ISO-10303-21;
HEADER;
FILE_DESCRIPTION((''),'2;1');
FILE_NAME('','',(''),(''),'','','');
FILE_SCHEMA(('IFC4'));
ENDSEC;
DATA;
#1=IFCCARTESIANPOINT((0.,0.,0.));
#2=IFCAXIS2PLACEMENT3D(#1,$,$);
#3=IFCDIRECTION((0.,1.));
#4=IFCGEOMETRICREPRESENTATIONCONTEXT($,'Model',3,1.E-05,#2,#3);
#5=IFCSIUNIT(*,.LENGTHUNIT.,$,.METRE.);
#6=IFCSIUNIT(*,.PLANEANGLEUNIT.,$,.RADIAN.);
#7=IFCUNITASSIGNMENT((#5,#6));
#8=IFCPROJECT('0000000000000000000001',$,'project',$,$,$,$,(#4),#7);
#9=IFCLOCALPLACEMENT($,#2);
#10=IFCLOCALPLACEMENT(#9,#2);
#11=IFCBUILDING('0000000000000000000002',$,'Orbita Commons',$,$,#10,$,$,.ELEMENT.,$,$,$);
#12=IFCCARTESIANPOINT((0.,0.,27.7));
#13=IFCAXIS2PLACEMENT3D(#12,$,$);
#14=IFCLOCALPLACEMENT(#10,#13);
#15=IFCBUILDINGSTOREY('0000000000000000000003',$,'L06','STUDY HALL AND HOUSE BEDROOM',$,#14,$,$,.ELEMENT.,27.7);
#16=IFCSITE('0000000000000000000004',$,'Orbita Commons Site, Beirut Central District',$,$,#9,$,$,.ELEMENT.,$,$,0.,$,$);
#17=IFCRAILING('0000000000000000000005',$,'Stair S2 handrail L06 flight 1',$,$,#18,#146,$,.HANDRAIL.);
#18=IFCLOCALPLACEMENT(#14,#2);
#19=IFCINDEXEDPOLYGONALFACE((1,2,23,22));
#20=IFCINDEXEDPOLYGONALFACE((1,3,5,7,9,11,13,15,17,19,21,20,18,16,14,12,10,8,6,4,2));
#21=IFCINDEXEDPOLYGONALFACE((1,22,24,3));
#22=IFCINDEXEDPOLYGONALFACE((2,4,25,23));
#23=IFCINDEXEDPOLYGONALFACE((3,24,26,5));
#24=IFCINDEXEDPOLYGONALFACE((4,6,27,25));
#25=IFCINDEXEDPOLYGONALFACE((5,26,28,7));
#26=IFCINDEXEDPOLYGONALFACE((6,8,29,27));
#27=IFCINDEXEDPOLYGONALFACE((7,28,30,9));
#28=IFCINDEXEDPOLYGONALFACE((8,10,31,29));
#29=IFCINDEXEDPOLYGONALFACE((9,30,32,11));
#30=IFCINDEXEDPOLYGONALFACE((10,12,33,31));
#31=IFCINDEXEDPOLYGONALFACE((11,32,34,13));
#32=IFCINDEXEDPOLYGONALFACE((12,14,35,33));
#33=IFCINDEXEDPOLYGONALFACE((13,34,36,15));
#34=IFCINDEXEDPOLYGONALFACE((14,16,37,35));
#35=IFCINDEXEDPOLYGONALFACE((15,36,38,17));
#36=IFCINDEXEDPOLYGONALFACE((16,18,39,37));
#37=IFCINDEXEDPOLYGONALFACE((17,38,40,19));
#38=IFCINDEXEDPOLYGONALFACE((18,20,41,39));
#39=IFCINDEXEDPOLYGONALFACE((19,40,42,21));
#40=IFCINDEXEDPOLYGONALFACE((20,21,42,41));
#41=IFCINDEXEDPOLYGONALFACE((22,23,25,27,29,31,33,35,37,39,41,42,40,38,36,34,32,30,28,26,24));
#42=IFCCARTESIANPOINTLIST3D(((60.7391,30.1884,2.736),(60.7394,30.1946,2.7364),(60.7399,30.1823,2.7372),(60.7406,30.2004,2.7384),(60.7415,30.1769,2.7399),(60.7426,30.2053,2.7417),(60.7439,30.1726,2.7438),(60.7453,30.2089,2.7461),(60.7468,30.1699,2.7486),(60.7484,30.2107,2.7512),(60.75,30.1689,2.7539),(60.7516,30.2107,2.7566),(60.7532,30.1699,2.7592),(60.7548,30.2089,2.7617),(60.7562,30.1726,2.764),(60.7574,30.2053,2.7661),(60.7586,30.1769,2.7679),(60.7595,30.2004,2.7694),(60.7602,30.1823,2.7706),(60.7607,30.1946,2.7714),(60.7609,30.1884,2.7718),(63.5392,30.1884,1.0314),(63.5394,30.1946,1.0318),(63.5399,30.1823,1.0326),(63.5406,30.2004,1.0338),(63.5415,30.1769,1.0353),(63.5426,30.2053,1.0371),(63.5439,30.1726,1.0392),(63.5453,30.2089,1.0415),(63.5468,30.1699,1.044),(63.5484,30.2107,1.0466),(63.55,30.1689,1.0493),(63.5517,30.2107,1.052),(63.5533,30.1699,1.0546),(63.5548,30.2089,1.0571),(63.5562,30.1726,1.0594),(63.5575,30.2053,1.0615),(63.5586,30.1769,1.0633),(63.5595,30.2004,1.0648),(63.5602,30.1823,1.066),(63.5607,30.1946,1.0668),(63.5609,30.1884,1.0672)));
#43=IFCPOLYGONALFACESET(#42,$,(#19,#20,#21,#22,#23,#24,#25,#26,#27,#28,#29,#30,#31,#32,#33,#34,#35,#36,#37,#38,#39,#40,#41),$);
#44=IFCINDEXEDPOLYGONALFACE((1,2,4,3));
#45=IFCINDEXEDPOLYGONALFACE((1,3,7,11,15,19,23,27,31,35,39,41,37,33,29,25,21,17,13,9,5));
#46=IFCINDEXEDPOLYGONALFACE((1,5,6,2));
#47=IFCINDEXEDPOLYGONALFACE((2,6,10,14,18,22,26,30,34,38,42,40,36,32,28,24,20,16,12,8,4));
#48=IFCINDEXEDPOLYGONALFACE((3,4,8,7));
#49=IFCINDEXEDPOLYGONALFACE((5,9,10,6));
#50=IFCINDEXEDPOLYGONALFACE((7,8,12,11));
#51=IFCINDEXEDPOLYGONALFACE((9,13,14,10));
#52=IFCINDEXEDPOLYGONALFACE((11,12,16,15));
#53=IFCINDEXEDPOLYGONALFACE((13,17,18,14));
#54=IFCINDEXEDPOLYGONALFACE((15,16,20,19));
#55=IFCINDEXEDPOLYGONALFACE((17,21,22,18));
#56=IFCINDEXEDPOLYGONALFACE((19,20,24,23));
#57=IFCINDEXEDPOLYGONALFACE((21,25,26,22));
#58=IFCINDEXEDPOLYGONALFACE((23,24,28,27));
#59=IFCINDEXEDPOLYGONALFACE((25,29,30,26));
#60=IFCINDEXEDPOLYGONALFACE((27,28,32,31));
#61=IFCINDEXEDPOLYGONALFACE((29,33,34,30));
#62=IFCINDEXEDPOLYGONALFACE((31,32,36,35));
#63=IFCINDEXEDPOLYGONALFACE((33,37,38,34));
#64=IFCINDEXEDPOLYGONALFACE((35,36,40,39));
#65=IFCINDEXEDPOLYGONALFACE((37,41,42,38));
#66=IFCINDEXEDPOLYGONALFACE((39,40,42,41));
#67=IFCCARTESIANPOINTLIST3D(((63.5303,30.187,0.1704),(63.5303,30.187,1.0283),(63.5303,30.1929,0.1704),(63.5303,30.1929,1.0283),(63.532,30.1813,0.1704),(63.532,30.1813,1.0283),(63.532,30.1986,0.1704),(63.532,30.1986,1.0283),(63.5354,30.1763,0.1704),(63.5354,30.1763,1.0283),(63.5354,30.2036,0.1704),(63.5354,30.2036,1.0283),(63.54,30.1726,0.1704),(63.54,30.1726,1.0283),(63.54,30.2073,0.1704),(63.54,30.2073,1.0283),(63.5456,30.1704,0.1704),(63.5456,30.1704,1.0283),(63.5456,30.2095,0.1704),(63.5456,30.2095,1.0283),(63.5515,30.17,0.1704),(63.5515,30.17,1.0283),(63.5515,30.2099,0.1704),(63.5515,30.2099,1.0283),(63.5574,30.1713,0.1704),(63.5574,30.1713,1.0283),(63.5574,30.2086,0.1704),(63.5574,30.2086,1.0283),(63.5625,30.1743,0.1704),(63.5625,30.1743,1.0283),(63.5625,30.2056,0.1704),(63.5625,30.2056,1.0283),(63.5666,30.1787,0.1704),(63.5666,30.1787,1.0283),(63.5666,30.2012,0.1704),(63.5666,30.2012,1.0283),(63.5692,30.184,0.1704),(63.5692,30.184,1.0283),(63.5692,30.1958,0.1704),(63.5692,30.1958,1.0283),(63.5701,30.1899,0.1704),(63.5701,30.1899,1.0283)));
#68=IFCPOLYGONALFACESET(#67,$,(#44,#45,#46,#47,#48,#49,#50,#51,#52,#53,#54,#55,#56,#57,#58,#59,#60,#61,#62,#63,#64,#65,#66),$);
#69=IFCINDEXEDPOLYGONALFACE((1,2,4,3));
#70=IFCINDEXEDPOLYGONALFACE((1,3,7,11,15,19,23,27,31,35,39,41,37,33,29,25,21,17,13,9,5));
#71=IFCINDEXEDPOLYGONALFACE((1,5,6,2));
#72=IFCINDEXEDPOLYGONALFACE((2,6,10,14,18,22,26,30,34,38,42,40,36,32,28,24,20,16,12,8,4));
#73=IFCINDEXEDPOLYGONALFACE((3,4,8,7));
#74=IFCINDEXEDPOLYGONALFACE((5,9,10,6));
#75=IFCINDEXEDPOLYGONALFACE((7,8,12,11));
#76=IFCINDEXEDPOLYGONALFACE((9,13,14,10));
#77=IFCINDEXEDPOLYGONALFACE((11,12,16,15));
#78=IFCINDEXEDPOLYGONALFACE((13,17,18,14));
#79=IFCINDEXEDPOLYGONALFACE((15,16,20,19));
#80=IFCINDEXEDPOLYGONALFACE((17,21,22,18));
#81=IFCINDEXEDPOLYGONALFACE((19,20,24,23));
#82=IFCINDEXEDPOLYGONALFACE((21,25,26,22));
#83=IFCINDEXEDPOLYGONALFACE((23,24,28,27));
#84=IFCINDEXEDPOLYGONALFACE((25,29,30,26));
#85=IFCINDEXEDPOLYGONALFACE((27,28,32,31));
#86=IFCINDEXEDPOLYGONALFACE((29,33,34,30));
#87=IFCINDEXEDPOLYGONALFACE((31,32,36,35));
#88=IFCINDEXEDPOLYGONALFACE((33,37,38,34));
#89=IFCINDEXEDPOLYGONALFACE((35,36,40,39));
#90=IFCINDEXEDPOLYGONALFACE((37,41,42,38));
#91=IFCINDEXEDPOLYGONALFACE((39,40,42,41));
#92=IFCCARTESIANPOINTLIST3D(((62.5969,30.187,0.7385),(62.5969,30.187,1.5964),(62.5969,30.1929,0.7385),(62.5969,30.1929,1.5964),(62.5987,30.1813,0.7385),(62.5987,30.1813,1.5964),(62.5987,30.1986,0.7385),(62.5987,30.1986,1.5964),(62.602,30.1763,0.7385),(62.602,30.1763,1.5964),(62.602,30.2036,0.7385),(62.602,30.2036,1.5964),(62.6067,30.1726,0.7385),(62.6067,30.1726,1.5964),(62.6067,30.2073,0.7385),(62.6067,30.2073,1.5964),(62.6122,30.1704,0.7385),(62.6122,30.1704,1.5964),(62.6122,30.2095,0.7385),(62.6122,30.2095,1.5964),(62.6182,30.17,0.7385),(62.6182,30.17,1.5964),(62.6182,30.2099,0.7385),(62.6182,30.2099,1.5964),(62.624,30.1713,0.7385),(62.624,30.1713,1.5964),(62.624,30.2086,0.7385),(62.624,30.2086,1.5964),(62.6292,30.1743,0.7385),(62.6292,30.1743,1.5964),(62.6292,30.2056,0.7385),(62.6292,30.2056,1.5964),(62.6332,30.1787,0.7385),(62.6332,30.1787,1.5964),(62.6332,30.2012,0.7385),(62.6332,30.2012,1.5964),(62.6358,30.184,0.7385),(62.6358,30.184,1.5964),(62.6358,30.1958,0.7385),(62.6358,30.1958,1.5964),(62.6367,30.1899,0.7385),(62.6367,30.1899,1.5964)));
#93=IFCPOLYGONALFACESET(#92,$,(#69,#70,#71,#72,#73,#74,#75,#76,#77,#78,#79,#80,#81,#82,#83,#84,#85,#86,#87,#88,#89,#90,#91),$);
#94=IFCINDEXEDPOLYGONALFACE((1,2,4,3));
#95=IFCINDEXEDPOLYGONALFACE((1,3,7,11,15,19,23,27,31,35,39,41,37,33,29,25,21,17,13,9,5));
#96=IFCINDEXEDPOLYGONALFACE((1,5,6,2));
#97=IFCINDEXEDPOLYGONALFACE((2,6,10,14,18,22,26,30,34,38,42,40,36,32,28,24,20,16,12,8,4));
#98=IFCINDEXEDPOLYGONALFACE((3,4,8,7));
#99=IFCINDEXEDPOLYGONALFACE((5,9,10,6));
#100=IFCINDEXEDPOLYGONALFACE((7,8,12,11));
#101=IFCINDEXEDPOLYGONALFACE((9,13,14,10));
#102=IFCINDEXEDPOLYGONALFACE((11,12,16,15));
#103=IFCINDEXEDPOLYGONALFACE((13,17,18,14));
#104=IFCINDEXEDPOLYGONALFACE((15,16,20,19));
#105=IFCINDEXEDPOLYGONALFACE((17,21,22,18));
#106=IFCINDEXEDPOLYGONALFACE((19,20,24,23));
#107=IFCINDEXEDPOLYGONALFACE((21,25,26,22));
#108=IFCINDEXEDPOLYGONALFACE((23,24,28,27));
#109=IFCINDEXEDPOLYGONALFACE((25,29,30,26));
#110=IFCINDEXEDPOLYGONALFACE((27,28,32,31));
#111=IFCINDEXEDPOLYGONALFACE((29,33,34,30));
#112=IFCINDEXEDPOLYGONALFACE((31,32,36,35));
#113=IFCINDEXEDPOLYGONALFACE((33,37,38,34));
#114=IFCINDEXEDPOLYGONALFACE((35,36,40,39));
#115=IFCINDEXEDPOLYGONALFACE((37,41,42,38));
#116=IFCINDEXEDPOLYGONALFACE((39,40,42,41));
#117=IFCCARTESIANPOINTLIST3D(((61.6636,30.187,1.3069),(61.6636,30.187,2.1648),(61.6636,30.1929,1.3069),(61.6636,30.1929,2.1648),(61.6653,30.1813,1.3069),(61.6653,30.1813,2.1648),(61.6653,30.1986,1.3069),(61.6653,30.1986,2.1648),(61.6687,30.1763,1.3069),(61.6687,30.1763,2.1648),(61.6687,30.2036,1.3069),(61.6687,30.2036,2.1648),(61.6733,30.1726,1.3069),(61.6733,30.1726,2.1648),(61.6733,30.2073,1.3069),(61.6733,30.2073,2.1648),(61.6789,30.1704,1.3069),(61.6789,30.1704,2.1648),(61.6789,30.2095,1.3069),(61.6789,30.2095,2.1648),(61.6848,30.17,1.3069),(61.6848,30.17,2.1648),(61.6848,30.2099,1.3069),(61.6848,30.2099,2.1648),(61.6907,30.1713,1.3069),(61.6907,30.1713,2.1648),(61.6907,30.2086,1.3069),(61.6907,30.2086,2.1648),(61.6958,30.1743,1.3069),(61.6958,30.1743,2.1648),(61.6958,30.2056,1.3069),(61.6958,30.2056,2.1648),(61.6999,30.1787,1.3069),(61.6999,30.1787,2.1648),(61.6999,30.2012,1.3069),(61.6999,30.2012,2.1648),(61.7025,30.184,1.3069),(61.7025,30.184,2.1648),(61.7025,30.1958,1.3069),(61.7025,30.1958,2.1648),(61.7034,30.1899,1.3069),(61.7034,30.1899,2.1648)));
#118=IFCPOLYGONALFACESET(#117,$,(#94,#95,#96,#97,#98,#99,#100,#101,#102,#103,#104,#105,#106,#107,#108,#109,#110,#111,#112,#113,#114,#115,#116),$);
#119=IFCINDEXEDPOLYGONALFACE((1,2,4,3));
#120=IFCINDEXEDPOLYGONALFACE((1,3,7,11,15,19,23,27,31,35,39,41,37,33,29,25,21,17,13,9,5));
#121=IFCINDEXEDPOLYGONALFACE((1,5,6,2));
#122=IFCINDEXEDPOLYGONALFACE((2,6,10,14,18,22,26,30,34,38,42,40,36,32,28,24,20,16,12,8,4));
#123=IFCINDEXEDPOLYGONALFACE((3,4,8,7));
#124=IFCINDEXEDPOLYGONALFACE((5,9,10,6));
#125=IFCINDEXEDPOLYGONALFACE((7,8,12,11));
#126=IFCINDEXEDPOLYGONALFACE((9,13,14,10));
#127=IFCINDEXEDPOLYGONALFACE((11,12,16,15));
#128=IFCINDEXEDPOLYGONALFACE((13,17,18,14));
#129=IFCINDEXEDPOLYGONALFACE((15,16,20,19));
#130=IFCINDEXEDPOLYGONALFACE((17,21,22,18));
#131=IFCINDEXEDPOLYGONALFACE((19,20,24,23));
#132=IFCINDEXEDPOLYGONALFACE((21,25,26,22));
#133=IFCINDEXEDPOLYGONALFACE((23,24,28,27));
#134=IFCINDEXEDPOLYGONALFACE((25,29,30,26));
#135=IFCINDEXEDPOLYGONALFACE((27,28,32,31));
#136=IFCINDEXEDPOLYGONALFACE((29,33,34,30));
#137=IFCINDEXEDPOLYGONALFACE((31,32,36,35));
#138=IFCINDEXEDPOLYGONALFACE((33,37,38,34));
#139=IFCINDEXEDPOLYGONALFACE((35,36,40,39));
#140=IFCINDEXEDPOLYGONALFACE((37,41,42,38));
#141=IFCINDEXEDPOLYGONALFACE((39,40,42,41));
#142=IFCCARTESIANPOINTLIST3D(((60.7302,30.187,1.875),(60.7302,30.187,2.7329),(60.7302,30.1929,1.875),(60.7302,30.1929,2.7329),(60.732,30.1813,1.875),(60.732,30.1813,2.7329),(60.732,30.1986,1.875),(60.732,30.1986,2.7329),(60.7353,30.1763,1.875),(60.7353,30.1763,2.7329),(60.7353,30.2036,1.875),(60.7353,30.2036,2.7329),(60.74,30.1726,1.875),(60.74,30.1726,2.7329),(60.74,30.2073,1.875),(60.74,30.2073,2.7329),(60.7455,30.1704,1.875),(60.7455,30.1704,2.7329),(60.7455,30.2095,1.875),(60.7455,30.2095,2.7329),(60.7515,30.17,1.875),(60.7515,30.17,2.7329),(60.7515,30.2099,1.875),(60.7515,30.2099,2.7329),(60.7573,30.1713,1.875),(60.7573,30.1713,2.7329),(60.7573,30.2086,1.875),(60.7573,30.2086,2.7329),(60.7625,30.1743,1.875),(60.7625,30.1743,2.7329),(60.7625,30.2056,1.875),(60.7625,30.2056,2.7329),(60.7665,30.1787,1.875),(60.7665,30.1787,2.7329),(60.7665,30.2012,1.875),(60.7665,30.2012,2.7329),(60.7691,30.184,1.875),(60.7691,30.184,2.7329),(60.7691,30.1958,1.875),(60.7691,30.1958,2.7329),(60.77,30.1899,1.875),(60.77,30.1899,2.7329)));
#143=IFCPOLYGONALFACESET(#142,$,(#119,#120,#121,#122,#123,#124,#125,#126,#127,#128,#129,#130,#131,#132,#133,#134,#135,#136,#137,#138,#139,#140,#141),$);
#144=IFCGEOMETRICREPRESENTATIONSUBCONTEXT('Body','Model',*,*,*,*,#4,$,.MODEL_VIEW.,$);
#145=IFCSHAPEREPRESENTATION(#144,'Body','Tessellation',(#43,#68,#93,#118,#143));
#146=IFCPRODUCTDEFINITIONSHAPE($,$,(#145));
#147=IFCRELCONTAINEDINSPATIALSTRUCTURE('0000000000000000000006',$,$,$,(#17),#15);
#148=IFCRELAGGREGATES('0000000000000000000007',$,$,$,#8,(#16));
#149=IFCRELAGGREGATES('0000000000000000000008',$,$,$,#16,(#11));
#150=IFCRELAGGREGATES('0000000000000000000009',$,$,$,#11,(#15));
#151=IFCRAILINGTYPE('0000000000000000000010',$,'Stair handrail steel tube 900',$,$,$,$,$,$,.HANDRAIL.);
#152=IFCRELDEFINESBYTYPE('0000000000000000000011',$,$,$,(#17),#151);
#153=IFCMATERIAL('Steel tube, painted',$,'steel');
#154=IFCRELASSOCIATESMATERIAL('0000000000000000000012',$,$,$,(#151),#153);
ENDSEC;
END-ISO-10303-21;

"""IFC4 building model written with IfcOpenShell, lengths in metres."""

from ifc_helpers import new_model, si_unit, direction, frame, origin, origin_2d, place, context, subcontext, project, spatial, circle, extrude, material, type_object, element, save


model = new_model("IFC4")

# Units and contexts
model_context = context("Model", 3, precision=1e-05, world=origin(), true_north=direction((0.0, 1.0)))
body_context = subcontext(model_context, "Body", "Model", "MODEL_VIEW")
ifc_project = project(units=[si_unit("LENGTHUNIT", "METRE"), si_unit("PLANEANGLEUNIT", "RADIAN")], contexts=[model_context])

# Site, building, storey
site_placement = place(None, origin())
site = spatial("IfcSite", under=ifc_project, at=site_placement, Name="Orbita Commons Site, Beirut Central District", CompositionType="ELEMENT", RefElevation=0.0)
building_placement = place(site_placement, origin())
building = spatial("IfcBuilding", under=site, at=building_placement, Name="Orbita Commons", CompositionType="ELEMENT")
storey_placement = place(building_placement, frame((0.0, 0.0, 27.7)))
storey = spatial("IfcBuildingStorey", under=building, at=storey_placement, Name="L06", Description="STUDY HALL AND HOUSE BEDROOM", CompositionType="ELEMENT", Elevation=27.7)

# Railing
ifc_material_1 = material(Name="Steel tube, painted", Category="steel")
railing_type = type_object("IfcRailingType", Name="Stair handrail steel tube 900", PredefinedType="HANDRAIL", material=ifc_material_1)
for number, where, name in (
    (1, (63.55, 30.1899, 0.1704), "Stair S2 handrail L06 flight 1"),
):
    element("IfcRailing", number, at=place(storey_placement, frame(where)), inside=storey, type_object=railing_type, Name=name, PredefinedType="HANDRAIL", context=body_context, shape_type="SweptSolid", body=[
        extrude(circle(Radius=0.021, at=origin_2d()), frame((0.0, 0.0, 0.8789), z_axis=(-0.85417, 0.0, 0.519994), x_axis=(0.0, -1.0, 0.0)), (0.0, 0.0, 1.0), 3.2781),
        extrude(circle(Radius=0.02, at=origin_2d()), origin(), (0.0, 0.0, 1.0), 0.8579),
        extrude(circle(Radius=0.02, at=origin_2d()), frame((-0.9333, 0.0, 0.5681)), (0.0, 0.0, 1.0), 0.8579),
        extrude(circle(Radius=0.02, at=origin_2d()), frame((-1.8667, 0.0, 1.1365)), (0.0, 0.0, 1.0), 0.8579),
        extrude(circle(Radius=0.02, at=origin_2d()), frame((-2.8, 0.0, 1.7046)), (0.0, 0.0, 1.0), 0.8579),
    ])

save(model, "model.ifc")
